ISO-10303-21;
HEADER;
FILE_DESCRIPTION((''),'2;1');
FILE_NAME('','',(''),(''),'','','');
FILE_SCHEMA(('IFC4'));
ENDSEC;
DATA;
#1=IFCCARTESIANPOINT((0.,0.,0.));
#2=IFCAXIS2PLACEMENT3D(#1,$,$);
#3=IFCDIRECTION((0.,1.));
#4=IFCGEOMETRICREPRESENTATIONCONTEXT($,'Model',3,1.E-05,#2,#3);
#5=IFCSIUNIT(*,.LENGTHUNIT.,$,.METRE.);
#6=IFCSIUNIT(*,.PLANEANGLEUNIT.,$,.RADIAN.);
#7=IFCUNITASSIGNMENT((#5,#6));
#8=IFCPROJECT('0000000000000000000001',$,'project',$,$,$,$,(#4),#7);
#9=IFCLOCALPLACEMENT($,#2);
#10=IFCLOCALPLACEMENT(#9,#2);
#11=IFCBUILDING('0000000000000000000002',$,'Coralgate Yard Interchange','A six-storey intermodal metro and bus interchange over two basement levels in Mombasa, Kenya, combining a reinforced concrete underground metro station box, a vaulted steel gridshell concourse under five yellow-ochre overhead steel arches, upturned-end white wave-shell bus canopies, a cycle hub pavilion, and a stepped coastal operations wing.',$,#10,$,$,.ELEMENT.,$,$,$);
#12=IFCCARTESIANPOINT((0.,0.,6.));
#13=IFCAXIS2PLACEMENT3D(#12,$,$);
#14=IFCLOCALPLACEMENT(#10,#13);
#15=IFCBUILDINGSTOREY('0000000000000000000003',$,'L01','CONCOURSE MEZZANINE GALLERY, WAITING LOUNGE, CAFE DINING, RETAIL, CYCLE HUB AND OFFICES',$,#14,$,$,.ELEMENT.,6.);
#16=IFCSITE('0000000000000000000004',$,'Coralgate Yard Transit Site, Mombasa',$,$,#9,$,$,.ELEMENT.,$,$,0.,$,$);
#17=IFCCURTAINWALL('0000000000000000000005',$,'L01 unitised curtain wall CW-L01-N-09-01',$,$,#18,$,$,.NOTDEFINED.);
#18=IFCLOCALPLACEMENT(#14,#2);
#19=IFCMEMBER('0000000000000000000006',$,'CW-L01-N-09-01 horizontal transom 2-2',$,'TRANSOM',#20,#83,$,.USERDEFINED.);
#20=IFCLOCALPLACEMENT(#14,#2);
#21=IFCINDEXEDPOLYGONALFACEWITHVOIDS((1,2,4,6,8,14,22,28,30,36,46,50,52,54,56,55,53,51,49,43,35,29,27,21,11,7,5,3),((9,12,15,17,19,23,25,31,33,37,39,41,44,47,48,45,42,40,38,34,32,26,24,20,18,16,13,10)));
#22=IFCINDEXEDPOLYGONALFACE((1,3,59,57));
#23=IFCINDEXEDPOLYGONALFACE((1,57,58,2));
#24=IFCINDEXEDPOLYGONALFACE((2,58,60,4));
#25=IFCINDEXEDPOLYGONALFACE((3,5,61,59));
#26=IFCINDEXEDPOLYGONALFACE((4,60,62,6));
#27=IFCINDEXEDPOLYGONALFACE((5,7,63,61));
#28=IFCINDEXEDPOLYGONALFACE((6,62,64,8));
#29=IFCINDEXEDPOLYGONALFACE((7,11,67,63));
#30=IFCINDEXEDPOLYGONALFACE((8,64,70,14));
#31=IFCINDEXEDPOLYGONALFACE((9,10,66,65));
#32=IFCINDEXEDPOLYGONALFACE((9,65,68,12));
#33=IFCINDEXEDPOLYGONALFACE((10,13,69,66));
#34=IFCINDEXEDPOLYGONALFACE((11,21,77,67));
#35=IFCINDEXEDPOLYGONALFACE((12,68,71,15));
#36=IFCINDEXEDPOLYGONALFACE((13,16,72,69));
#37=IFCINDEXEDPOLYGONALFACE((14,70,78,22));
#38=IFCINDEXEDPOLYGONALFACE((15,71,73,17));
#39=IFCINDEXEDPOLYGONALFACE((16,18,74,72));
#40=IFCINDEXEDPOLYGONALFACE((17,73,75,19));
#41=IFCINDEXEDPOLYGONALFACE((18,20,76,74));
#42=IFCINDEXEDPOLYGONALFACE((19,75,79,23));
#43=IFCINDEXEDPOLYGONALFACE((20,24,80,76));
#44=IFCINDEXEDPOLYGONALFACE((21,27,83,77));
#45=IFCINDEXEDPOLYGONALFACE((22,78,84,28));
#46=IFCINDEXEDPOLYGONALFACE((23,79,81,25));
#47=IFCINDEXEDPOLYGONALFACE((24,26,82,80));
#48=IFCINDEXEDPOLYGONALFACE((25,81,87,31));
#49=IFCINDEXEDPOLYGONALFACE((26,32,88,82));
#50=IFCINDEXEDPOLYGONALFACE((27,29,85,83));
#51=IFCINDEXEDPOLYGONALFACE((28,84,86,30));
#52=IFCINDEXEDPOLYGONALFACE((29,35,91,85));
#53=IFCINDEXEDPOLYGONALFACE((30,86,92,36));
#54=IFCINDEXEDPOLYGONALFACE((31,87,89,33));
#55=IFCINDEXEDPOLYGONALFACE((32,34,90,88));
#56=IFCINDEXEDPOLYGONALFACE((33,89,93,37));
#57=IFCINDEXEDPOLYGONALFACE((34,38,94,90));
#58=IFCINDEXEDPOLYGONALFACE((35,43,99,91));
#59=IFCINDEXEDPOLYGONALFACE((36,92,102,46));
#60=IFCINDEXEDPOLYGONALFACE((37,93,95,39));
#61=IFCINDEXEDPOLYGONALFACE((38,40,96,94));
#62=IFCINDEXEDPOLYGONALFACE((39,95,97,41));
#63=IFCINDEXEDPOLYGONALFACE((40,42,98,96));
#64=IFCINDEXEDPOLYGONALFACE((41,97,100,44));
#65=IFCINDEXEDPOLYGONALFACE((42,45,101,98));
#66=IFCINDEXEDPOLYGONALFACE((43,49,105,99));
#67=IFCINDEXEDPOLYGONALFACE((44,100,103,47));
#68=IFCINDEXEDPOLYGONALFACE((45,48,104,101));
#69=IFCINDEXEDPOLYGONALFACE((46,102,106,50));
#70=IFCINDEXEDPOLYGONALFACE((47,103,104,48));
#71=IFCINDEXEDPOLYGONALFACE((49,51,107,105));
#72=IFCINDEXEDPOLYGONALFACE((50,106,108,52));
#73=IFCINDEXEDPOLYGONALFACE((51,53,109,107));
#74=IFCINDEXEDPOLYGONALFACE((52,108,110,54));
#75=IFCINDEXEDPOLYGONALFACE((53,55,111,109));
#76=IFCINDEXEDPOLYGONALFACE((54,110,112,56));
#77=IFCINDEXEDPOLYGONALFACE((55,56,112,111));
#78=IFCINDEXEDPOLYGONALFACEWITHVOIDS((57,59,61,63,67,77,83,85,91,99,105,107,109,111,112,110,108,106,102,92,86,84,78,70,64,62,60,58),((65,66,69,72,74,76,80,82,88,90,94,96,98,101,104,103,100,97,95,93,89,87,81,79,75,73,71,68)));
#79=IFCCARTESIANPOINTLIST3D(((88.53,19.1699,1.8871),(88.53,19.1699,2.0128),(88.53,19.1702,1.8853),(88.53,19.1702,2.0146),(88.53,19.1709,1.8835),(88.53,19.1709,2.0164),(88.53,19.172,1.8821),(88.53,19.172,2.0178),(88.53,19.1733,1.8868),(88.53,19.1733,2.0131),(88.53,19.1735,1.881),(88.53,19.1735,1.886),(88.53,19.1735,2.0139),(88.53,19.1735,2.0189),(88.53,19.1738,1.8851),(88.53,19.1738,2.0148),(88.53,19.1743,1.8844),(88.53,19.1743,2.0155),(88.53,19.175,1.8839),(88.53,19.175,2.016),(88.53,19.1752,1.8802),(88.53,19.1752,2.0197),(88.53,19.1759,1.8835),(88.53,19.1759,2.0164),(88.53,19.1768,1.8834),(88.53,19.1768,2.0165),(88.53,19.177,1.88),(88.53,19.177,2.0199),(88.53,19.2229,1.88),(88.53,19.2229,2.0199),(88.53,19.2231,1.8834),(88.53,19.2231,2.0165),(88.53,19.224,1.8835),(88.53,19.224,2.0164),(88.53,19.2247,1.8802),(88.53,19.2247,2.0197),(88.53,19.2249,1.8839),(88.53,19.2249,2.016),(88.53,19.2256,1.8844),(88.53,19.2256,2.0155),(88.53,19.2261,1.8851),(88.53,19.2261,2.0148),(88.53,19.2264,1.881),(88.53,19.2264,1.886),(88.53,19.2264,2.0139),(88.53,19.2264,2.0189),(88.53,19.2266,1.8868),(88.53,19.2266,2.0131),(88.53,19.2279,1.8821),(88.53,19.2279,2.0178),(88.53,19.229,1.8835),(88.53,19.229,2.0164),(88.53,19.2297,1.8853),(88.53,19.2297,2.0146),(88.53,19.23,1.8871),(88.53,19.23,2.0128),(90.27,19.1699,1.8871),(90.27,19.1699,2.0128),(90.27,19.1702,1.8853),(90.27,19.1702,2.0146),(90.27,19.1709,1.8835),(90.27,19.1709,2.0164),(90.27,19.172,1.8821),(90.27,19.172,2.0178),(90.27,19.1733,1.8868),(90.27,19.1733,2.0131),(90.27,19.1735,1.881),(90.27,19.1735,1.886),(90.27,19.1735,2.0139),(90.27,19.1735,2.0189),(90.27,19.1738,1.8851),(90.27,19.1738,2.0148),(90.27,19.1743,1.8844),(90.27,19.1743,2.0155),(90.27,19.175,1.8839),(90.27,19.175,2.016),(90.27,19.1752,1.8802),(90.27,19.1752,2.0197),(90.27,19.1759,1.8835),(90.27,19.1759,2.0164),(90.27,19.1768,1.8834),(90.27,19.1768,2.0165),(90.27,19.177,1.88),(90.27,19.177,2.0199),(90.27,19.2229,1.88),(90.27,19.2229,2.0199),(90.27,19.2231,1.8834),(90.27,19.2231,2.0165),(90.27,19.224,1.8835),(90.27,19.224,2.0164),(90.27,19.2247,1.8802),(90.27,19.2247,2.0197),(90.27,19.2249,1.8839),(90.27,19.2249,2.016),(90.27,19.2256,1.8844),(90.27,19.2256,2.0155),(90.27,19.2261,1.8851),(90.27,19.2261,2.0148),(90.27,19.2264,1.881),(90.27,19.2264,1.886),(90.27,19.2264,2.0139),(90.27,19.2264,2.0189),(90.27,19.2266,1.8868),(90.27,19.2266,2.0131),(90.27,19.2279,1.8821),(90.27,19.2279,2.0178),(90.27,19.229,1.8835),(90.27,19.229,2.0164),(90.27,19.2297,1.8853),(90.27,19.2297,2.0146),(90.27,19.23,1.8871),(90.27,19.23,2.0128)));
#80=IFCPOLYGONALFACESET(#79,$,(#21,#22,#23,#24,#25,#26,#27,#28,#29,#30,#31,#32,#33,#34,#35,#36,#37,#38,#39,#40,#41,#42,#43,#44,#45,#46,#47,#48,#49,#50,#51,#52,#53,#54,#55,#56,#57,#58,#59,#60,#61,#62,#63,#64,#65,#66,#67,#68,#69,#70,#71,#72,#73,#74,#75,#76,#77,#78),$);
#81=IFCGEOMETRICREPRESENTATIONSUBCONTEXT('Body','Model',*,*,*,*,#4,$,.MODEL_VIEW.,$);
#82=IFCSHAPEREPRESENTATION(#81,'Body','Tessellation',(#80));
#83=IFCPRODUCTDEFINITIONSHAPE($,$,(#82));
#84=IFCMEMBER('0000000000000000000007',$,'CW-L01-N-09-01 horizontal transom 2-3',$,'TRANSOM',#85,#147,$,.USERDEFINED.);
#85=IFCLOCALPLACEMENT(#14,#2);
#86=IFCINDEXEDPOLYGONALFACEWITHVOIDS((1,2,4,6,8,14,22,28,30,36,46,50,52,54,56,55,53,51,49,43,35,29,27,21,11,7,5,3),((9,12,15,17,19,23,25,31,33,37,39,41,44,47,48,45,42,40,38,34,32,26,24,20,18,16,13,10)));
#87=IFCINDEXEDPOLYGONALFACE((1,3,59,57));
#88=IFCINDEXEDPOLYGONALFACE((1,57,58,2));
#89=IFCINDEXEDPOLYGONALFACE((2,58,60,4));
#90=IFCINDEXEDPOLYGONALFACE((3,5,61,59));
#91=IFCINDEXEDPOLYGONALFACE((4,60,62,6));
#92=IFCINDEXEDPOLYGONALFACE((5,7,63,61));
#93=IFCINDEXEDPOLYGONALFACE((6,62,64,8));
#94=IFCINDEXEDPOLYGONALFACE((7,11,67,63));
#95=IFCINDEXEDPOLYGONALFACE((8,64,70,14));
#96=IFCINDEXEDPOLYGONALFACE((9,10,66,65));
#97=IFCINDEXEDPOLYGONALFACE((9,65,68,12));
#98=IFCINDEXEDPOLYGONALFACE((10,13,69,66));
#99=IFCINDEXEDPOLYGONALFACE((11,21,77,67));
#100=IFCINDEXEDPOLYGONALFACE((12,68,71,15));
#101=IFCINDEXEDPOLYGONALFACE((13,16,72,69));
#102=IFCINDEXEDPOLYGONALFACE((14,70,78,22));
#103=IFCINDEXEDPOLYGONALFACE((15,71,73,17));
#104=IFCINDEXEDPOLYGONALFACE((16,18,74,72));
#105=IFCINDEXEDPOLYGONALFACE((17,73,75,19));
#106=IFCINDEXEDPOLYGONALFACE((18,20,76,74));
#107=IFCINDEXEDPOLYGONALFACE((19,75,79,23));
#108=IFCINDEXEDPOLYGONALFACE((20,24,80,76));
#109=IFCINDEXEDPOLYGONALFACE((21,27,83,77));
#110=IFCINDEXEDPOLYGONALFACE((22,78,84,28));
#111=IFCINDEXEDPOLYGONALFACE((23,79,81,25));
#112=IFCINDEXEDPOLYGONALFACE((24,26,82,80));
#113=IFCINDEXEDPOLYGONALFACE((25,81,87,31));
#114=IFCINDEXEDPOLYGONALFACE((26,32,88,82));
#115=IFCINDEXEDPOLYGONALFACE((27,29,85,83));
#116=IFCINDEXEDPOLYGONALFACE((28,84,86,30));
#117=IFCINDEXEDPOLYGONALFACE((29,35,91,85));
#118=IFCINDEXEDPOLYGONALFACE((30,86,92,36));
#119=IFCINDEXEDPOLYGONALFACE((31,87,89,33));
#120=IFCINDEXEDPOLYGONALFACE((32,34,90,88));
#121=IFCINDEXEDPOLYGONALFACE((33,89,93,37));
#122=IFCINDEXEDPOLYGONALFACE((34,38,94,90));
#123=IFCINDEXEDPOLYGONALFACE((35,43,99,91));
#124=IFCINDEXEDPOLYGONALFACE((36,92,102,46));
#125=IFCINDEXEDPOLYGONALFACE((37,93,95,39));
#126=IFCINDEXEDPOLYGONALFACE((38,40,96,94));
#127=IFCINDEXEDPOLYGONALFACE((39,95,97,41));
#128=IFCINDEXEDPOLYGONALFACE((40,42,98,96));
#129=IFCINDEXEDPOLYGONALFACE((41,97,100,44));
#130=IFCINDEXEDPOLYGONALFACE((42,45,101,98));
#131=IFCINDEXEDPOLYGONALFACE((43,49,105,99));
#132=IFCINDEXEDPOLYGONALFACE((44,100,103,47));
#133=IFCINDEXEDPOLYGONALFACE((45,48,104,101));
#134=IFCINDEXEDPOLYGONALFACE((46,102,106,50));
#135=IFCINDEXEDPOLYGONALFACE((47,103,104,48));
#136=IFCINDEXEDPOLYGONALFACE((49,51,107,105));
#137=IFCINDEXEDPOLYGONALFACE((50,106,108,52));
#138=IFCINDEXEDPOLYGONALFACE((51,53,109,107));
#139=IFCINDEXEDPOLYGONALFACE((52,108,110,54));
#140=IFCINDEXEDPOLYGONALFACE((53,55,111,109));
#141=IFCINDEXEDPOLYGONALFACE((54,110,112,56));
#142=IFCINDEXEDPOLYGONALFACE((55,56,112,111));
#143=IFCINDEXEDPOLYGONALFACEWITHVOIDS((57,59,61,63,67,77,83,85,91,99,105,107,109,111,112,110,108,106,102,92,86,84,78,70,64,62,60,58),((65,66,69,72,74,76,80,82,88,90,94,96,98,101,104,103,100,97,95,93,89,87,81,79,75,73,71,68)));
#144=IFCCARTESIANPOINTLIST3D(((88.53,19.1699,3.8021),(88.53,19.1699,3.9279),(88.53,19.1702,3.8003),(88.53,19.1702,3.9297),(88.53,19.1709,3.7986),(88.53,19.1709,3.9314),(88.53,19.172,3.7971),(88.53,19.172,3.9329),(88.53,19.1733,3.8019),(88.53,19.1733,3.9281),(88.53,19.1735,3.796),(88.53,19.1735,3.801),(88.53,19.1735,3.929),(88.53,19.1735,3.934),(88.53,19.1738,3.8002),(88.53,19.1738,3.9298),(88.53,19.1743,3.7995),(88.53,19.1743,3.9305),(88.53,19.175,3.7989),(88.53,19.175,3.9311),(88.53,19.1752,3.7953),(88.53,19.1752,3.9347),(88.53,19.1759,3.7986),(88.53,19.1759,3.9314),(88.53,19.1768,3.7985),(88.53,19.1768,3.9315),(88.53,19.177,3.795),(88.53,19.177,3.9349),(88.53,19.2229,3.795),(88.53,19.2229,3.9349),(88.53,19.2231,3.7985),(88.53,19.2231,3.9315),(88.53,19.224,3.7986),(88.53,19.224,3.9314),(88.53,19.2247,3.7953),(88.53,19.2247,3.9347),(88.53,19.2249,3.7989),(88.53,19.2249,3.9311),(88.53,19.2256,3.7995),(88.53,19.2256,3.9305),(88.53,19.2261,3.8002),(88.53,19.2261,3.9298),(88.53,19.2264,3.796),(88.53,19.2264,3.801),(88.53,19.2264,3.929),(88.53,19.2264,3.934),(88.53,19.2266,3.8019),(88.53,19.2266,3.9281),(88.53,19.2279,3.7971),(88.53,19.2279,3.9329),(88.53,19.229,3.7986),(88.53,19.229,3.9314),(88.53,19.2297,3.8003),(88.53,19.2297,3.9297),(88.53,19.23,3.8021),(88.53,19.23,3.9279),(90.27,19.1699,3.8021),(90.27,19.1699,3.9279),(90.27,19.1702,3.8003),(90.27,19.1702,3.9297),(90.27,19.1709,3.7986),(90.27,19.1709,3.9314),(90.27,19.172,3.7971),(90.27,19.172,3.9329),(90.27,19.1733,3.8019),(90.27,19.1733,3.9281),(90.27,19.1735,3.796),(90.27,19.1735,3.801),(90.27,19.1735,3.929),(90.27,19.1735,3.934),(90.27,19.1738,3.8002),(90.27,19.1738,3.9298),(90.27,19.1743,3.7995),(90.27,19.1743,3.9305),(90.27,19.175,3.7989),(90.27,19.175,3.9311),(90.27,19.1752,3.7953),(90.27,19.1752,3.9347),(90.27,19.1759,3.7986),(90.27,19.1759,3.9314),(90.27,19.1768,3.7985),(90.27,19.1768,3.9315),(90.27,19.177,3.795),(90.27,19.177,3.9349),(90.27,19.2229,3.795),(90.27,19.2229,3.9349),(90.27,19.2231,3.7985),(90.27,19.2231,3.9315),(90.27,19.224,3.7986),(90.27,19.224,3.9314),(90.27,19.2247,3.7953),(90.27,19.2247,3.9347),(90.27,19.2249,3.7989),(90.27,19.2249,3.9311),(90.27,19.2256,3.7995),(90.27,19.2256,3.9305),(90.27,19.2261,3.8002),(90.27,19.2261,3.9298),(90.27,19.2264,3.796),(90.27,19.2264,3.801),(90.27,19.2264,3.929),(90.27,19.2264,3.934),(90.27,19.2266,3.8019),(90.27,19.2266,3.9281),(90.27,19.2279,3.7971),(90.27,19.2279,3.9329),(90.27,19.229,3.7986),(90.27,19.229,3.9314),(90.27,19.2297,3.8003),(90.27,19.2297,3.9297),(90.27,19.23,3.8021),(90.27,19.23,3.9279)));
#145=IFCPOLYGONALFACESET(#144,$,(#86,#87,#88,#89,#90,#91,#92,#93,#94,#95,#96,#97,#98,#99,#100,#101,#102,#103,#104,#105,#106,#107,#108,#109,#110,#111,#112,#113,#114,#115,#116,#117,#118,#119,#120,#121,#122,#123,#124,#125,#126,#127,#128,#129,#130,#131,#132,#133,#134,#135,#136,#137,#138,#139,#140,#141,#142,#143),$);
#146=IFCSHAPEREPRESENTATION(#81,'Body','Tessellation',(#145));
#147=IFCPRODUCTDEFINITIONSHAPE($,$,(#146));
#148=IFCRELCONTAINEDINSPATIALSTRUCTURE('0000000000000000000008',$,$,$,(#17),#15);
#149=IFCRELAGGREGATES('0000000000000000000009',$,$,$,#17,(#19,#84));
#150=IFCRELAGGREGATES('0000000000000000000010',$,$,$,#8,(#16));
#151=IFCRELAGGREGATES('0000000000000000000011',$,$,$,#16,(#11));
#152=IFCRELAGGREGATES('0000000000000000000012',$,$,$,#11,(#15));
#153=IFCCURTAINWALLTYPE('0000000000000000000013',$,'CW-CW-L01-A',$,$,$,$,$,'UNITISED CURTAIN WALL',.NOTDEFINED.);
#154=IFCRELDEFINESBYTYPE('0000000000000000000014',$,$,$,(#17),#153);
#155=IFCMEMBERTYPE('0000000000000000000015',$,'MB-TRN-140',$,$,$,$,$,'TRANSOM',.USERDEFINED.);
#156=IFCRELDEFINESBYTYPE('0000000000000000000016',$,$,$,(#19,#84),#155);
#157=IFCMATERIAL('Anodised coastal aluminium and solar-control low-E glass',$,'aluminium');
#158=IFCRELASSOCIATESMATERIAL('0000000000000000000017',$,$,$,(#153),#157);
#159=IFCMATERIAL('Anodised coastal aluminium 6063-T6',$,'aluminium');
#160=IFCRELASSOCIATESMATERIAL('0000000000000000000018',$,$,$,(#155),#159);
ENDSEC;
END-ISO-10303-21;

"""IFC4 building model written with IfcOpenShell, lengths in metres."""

from ifc_helpers import new_model, si_unit, direction, frame, origin, origin_2d, place, context, subcontext, project, spatial, hollow_rectangle, extrude, material, material_profile, profile_set, type_object, element, aggregate, save


model = new_model("IFC4")

# Units and contexts
model_context = context("Model", 3, precision=1e-05, world=origin(), true_north=direction((0.0, 1.0)))
body_context = subcontext(model_context, "Body", "Model", "MODEL_VIEW")
ifc_project = project(units=[si_unit("LENGTHUNIT", "METRE"), si_unit("PLANEANGLEUNIT", "RADIAN")], contexts=[model_context])

# Site, building, storey
site_placement = place(None, origin())
site = spatial("IfcSite", under=ifc_project, at=site_placement, Name="Coralgate Yard Transit Site, Mombasa", CompositionType="ELEMENT", RefElevation=0.0)
building_placement = place(site_placement, origin())
building = spatial("IfcBuilding", under=site, at=building_placement, Name="Coralgate Yard Interchange", Description="A six-storey intermodal metro and bus interchange over two basement levels in Mombasa, Kenya, combining a reinforced concrete underground metro station box, a vaulted steel gridshell concourse under five yellow-ochre overhead steel arches, upturned-end white wave-shell bus canopies, a cycle hub pavilion, and a stepped coastal operations wing.", CompositionType="ELEMENT")
storey_placement = place(building_placement, frame((0.0, 0.0, 6.0)))
storey = spatial("IfcBuildingStorey", under=building, at=storey_placement, Name="L01", Description="CONCOURSE MEZZANINE GALLERY, WAITING LOUNGE, CAFE DINING, RETAIL, CYCLE HUB AND OFFICES", CompositionType="ELEMENT", Elevation=6.0)

# Curtain wall, members
ifc_material_1 = material(Name="Anodised coastal aluminium and solar-control low-E glass", Category="aluminium")
curtain_wall_type = type_object("IfcCurtainWallType", Name="CW-CW-L01-A", ElementType="UNITISED CURTAIN WALL", PredefinedType="NOTDEFINED", material=ifc_material_1)
curtain_wall_placement = place(storey_placement, origin())
curtain_wall = element("IfcCurtainWall", 1, at=curtain_wall_placement, inside=storey, type_object=curtain_wall_type, Name="L01 unitised curtain wall CW-L01-N-09-01", PredefinedType="NOTDEFINED")
ifc_material_2 = material(Name="Anodised coastal aluminium 6063-T6", Category="aluminium")
ifc_material_profile_1 = material_profile(ifc_material_2, hollow_rectangle(XDim=0.0601, YDim=0.1399, WallThickness=0.0034, InnerFilletRadius=0.0034, OuterFilletRadius=0.0071, at=origin_2d()), Name="ALU 60x140x3.5")
ifc_profile_set_1 = profile_set([ifc_material_profile_1], Name="Anodised coastal aluminium 6063-T6")
member_type_1 = type_object("IfcMemberType", Name="MB-TRN-140", ElementType="TRANSOM", PredefinedType="USERDEFINED", material=ifc_profile_set_1)
member_1_placement = place(storey_placement, frame((88.53, 19.2, 1.95), z_axis=(1.0, 0.0, 0.0), x_axis=(0.0, 1.0, 0.0)))
member_1 = element("IfcMember", 2, at=member_1_placement, type_object=member_type_1, Name="CW-L01-N-09-01 horizontal transom 2-2", ObjectType="TRANSOM", PredefinedType="USERDEFINED", context=body_context, shape_type="SweptSolid", body=[
    extrude(hollow_rectangle(XDim=0.0601, YDim=0.1399, WallThickness=0.0034, InnerFilletRadius=0.0034, OuterFilletRadius=0.0071, at=origin_2d()), origin(), (0.0, 0.0, 1.0), 1.74),
])
member_2_placement = place(storey_placement, frame((88.53, 19.2, 3.865), z_axis=(1.0, 0.0, 0.0), x_axis=(0.0, 1.0, 0.0)))
member_2 = element("IfcMember", 3, at=member_2_placement, type_object=member_type_1, Name="CW-L01-N-09-01 horizontal transom 2-3", ObjectType="TRANSOM", PredefinedType="USERDEFINED", context=body_context, shape_type="SweptSolid", body=[
    extrude(hollow_rectangle(XDim=0.0601, YDim=0.1399, WallThickness=0.0034, InnerFilletRadius=0.0034, OuterFilletRadius=0.0071, at=origin_2d()), origin(), (0.0, 0.0, 1.0), 1.74),
])
aggregate(curtain_wall, [member_1, member_2])

save(model, "model.ifc")
